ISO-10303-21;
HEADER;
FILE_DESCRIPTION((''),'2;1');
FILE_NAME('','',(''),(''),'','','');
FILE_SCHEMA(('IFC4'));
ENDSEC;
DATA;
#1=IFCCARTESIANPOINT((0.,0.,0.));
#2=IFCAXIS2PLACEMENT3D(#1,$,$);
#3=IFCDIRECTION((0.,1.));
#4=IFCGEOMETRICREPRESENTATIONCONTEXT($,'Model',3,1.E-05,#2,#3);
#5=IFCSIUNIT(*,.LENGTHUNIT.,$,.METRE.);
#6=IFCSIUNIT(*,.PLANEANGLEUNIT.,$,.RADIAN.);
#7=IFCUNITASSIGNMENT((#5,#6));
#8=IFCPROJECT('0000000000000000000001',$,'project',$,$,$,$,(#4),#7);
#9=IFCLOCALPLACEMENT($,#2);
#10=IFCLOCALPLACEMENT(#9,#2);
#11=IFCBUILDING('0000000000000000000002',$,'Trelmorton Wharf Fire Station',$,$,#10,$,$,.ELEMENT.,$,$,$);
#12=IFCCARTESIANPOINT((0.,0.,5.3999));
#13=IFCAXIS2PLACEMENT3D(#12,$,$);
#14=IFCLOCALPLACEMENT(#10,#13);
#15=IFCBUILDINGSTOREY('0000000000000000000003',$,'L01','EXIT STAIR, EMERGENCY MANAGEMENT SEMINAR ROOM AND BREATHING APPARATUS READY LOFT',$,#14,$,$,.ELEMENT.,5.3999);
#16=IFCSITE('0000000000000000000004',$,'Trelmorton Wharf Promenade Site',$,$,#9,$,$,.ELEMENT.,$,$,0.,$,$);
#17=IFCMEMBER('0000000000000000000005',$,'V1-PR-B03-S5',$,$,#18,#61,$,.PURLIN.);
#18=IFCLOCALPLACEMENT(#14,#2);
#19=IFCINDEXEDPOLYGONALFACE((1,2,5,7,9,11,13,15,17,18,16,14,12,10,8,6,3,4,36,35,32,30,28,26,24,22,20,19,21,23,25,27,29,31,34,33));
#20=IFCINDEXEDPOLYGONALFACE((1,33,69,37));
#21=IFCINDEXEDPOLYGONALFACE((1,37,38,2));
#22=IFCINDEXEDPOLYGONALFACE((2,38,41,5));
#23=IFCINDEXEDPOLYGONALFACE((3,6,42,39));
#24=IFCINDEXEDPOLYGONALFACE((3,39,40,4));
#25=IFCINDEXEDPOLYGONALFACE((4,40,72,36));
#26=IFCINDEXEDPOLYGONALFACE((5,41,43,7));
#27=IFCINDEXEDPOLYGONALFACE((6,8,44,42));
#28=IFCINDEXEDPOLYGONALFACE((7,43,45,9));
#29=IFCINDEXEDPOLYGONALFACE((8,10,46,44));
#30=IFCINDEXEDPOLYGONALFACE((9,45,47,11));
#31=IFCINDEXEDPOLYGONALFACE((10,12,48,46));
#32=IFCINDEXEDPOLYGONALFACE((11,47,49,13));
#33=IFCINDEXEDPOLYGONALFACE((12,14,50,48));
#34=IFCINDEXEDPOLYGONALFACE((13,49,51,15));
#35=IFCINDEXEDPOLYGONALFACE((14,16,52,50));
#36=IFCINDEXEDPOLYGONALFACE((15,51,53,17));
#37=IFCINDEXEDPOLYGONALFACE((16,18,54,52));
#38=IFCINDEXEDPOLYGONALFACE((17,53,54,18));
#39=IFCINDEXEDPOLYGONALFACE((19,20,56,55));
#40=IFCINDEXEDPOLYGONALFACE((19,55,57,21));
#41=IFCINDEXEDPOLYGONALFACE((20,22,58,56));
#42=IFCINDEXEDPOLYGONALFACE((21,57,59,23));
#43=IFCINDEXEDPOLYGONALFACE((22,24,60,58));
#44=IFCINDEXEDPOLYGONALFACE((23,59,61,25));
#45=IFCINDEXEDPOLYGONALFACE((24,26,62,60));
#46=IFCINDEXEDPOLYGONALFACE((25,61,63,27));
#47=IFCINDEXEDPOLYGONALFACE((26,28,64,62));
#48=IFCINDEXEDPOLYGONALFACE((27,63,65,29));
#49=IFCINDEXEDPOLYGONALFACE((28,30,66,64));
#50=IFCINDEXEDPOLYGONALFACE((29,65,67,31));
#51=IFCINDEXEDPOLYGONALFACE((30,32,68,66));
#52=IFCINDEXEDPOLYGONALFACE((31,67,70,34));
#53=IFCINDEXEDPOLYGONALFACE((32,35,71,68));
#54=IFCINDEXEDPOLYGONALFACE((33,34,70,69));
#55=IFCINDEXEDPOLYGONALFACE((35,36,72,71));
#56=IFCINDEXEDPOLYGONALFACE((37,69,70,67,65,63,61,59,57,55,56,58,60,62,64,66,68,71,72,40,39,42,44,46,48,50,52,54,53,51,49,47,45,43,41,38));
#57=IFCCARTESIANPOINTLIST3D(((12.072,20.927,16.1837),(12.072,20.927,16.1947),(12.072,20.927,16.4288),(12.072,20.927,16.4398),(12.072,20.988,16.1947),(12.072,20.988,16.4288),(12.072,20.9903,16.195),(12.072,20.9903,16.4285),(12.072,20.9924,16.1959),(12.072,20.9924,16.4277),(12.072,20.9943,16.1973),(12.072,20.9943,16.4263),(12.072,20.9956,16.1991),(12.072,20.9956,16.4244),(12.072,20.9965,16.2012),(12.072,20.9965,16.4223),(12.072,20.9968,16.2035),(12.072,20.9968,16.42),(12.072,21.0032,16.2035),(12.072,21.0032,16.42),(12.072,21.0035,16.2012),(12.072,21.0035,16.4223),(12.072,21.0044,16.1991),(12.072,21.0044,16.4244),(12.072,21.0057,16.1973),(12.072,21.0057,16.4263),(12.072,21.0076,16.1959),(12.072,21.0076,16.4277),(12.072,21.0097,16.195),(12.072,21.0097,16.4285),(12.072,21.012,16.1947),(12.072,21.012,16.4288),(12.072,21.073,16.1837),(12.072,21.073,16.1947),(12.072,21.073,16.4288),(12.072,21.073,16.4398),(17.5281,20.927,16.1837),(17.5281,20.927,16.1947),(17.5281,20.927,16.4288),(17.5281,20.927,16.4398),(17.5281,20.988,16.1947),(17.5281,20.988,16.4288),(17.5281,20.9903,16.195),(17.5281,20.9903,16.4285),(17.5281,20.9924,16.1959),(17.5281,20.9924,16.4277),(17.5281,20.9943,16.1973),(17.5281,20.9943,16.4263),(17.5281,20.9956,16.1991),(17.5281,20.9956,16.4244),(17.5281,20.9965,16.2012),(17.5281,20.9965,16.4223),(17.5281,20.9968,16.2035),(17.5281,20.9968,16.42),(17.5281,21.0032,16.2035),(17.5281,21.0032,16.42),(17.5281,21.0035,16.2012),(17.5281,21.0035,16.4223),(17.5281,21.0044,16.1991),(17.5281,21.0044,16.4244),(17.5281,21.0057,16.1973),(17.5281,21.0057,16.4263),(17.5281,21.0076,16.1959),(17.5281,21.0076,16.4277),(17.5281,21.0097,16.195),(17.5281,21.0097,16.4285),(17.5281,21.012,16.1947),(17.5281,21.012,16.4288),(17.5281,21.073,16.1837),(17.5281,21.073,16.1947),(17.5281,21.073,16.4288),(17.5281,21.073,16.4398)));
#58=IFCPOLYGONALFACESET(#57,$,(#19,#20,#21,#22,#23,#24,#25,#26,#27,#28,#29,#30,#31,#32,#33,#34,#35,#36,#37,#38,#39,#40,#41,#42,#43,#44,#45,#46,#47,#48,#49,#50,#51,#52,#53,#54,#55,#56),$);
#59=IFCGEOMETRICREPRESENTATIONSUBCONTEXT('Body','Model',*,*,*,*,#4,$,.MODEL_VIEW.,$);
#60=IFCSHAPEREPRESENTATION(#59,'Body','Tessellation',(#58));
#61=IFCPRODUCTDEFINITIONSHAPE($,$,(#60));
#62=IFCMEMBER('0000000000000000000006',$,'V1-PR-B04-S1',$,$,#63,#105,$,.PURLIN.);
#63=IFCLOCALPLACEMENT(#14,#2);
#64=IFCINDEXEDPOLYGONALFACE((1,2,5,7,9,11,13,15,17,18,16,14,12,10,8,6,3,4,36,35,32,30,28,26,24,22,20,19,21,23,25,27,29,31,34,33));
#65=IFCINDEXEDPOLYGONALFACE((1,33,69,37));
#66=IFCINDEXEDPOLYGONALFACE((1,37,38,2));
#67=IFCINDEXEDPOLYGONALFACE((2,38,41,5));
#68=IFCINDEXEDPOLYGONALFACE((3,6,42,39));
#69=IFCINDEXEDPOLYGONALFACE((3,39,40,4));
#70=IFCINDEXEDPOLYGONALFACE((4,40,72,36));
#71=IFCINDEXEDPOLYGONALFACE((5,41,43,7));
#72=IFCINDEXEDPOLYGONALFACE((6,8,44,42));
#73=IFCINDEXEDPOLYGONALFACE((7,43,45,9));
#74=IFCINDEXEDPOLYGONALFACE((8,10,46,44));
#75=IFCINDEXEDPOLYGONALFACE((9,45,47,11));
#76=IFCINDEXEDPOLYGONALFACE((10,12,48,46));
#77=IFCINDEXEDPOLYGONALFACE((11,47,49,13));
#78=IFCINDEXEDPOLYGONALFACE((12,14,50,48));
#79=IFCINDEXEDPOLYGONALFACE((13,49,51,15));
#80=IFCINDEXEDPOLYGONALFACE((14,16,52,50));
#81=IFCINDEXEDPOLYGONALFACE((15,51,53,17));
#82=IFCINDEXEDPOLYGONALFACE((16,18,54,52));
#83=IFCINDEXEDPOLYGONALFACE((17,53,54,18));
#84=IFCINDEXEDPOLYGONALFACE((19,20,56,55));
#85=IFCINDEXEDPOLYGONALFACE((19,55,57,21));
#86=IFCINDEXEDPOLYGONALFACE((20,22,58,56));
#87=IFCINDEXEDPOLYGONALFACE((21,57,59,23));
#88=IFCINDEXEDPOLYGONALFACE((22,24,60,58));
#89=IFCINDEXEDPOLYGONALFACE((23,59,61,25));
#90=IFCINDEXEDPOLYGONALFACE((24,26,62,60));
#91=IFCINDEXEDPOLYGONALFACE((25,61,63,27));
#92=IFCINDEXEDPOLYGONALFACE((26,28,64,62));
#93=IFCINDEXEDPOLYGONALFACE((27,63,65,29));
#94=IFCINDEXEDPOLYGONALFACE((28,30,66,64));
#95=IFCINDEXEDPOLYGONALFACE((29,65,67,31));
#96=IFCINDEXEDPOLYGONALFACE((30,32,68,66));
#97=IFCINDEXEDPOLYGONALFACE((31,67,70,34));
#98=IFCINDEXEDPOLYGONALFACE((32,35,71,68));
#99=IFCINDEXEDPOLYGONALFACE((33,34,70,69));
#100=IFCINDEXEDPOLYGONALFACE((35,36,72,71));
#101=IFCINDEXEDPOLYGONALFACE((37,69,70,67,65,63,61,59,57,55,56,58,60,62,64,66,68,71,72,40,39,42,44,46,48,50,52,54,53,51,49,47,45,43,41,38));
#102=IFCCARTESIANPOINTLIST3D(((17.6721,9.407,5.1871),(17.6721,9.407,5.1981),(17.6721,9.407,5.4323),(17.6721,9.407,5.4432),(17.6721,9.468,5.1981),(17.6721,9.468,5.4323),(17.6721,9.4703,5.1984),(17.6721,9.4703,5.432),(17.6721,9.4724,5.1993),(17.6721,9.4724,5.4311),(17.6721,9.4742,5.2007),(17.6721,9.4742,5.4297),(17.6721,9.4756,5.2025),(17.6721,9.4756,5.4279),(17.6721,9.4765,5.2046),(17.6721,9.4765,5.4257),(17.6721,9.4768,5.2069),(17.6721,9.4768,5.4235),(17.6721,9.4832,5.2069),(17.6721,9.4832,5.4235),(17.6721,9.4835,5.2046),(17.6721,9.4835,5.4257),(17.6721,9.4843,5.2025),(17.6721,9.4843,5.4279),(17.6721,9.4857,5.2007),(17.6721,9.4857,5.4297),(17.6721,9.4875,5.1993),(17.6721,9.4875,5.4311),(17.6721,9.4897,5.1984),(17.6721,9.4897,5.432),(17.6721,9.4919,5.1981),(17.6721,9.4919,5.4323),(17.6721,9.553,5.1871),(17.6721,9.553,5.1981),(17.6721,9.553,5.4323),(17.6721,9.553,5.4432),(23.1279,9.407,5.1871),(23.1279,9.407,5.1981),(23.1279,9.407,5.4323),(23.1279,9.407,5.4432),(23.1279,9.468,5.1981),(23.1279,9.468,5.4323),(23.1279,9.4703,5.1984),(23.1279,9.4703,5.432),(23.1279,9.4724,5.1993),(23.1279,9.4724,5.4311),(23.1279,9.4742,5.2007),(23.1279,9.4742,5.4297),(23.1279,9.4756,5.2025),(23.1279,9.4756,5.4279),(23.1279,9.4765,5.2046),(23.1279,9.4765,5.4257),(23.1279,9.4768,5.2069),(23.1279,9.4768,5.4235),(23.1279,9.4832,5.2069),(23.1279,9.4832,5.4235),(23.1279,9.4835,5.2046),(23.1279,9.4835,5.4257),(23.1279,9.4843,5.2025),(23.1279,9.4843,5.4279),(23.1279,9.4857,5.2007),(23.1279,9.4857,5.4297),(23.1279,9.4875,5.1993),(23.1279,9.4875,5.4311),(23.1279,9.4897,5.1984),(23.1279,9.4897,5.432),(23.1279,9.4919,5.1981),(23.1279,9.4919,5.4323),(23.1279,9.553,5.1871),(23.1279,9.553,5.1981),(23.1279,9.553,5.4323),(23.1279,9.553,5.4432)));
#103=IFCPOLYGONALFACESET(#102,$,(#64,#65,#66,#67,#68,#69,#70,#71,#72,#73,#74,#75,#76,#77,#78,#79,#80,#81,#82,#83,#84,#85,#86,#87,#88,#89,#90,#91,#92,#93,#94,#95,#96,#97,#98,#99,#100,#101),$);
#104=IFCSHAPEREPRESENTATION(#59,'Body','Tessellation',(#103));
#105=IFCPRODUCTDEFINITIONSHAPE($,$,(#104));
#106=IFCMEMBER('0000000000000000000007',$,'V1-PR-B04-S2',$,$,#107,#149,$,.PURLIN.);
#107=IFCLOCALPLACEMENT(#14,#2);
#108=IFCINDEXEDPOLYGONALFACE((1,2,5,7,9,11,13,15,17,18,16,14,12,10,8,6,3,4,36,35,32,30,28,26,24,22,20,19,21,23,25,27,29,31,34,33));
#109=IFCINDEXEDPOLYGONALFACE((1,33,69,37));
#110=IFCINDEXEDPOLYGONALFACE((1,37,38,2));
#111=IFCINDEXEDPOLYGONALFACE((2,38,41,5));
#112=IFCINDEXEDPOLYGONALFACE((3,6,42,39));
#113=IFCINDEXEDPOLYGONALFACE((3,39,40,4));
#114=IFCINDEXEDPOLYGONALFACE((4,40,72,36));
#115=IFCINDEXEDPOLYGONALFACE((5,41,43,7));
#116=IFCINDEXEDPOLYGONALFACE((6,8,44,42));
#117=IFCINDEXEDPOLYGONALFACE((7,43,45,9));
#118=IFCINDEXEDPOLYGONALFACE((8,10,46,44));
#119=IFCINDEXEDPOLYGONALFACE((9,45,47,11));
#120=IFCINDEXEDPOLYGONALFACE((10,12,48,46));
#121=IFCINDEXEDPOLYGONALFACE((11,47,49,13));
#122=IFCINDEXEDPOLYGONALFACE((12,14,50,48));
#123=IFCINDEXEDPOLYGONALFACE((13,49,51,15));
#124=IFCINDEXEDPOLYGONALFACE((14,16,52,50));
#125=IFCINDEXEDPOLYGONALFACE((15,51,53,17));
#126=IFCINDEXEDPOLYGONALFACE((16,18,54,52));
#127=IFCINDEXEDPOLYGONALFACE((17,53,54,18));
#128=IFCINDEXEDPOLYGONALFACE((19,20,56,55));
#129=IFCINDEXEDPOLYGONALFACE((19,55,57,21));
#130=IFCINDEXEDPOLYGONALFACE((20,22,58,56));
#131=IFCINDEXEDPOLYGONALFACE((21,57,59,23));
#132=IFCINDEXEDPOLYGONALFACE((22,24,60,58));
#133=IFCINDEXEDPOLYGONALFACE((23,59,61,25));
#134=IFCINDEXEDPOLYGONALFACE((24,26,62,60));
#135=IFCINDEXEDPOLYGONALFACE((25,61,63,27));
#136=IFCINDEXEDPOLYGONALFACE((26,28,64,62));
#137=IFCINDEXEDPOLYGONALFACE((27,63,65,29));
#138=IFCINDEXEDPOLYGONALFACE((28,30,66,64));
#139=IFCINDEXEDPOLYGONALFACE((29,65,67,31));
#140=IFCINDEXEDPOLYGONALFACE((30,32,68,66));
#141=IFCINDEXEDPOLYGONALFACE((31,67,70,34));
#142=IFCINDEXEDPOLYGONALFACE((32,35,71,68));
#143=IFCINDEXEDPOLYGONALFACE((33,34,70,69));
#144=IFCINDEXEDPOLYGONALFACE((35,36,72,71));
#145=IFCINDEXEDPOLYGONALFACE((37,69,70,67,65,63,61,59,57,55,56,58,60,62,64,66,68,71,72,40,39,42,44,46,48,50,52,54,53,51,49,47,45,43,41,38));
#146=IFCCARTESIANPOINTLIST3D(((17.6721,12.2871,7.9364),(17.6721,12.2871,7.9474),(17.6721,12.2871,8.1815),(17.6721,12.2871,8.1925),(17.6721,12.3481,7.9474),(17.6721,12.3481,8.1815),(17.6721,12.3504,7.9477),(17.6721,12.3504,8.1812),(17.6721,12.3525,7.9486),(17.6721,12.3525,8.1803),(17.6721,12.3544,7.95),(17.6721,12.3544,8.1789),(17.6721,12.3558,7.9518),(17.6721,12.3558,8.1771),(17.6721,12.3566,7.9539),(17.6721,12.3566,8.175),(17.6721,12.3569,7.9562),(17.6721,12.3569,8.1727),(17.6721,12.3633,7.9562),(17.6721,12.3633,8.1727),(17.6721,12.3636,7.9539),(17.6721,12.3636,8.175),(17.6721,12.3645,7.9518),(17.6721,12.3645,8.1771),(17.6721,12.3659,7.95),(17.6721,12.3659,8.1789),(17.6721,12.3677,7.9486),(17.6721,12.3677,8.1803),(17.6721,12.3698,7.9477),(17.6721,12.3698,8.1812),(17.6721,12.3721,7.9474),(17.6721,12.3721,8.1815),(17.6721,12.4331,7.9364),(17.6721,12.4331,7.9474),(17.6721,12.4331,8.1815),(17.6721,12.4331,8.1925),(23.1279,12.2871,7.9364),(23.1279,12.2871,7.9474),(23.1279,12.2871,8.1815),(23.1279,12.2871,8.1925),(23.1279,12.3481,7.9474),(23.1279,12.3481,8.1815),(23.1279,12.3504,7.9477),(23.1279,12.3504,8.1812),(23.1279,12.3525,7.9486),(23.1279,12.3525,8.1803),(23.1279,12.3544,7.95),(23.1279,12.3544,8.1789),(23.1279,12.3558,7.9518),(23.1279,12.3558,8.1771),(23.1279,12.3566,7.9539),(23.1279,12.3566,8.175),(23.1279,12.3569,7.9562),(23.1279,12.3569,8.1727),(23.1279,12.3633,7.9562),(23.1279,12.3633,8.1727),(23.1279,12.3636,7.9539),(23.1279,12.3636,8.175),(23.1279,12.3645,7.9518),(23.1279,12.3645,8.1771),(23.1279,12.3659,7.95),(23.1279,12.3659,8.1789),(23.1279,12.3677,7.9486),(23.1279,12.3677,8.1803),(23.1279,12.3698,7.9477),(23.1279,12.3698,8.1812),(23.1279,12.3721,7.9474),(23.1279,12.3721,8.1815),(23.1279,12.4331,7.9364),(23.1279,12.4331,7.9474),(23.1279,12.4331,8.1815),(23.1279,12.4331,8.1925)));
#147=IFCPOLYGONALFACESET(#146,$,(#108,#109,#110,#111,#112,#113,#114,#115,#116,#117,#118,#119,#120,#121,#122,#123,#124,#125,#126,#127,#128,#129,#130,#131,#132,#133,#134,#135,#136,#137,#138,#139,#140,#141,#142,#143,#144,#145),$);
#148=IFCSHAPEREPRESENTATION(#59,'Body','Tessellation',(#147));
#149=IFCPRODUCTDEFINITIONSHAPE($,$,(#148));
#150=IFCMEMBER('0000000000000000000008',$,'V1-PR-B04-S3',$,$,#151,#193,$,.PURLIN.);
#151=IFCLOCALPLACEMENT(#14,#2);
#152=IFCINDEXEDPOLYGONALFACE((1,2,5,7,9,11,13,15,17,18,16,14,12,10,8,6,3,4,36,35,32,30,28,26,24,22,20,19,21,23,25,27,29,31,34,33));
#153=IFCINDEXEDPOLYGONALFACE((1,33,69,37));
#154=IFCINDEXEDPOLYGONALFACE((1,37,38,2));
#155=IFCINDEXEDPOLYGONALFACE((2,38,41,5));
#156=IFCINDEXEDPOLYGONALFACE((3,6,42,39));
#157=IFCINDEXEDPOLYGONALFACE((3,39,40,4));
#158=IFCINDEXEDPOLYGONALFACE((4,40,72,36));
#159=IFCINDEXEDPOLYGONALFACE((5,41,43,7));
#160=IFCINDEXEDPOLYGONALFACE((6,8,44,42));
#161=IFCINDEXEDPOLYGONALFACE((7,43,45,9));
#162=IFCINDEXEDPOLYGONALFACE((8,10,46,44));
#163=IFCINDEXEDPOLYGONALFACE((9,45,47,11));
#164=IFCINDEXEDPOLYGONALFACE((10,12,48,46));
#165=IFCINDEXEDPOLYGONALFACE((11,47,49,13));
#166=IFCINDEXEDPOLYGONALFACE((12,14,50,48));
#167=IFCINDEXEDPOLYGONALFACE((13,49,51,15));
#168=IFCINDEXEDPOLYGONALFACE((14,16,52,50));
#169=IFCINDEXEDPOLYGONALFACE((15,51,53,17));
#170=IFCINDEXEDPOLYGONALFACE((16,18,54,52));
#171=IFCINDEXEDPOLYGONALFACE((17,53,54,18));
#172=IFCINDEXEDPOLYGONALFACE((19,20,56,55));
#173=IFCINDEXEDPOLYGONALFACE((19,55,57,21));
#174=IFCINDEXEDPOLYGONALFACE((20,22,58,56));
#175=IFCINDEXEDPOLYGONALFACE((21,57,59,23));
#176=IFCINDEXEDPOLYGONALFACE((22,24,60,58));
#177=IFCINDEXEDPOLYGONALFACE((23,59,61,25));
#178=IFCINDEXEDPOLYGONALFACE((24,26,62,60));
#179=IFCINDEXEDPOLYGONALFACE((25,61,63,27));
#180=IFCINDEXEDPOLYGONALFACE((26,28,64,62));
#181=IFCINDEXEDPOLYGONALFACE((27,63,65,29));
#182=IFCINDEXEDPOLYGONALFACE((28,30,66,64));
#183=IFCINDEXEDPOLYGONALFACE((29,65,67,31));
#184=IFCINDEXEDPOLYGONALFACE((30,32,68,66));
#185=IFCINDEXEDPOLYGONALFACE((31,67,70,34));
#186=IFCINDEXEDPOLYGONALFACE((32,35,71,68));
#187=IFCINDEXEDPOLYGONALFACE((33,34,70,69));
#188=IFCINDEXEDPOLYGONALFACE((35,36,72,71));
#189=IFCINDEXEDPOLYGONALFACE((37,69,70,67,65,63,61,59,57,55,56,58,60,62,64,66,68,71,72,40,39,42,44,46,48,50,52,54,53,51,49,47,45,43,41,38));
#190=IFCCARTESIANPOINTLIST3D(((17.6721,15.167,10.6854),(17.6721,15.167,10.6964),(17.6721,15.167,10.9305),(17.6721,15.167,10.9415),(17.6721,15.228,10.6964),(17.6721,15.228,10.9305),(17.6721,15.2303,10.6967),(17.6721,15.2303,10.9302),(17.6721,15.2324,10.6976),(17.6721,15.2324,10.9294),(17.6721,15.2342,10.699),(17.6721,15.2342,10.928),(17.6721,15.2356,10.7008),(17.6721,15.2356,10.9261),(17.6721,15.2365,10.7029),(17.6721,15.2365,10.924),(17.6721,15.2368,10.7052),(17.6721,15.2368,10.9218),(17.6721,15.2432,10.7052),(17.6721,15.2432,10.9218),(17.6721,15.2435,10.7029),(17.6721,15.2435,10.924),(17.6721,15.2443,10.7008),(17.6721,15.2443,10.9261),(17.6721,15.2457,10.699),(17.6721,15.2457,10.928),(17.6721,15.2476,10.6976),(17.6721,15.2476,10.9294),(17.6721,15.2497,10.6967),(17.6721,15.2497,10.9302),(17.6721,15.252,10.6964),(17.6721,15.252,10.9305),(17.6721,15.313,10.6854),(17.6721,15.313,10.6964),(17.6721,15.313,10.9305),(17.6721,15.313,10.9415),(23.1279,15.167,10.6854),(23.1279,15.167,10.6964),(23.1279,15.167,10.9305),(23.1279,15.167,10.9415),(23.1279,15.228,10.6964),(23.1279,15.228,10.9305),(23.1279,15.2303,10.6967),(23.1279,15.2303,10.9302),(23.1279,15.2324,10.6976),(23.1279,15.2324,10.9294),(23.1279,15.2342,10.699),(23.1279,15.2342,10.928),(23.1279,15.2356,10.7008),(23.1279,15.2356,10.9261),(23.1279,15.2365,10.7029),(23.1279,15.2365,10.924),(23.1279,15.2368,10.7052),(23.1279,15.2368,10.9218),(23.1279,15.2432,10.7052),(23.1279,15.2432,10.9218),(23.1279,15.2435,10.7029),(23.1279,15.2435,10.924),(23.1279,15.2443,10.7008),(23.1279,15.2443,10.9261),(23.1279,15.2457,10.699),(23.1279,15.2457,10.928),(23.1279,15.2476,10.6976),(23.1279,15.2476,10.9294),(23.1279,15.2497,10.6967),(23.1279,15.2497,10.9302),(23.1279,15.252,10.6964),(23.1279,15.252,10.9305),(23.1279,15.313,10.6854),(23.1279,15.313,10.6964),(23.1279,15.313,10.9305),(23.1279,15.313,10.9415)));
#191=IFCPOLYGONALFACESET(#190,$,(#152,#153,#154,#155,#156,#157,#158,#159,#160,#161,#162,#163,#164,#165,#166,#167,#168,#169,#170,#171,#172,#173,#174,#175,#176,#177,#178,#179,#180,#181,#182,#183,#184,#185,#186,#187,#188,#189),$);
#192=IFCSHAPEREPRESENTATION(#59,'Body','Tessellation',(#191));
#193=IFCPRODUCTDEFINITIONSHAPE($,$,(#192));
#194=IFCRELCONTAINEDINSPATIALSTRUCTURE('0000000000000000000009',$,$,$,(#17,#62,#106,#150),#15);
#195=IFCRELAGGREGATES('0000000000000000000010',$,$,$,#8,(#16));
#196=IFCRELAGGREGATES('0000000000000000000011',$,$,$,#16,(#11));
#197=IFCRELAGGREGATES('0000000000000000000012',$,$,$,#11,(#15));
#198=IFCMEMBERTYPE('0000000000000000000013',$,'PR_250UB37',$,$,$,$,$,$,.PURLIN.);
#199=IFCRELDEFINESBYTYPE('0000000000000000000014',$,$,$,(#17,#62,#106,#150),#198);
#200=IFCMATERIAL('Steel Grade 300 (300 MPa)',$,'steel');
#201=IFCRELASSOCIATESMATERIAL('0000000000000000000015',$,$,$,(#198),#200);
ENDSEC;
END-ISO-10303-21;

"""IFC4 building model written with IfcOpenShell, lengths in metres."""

from ifc_helpers import new_model, si_unit, direction, frame, origin, origin_2d, place, context, subcontext, project, spatial, i_section, extrude, material, material_profile, profile_set, type_object, element, save


model = new_model("IFC4")

# Units and contexts
model_context = context("Model", 3, precision=1e-05, world=origin(), true_north=direction((0.0, 1.0)))
body_context = subcontext(model_context, "Body", "Model", "MODEL_VIEW")
ifc_project = project(units=[si_unit("LENGTHUNIT", "METRE"), si_unit("PLANEANGLEUNIT", "RADIAN")], contexts=[model_context])

# Site, building, storey
site_placement = place(None, origin())
site = spatial("IfcSite", under=ifc_project, at=site_placement, Name="Trelmorton Wharf Promenade Site", CompositionType="ELEMENT", RefElevation=0.0)
building_placement = place(site_placement, origin())
building = spatial("IfcBuilding", under=site, at=building_placement, Name="Trelmorton Wharf Fire Station", CompositionType="ELEMENT")
storey_placement = place(building_placement, frame((0.0, 0.0, 5.3999)))
storey = spatial("IfcBuildingStorey", under=building, at=storey_placement, Name="L01", Description="EXIT STAIR, EMERGENCY MANAGEMENT SEMINAR ROOM AND BREATHING APPARATUS READY LOFT", CompositionType="ELEMENT", Elevation=5.3999)

# Members
ifc_material_1 = material(Name="Steel Grade 300 (300 MPa)", Category="steel")
ifc_material_profile_1 = material_profile(ifc_material_1, i_section(OverallWidth=0.146, OverallDepth=0.2561, WebThickness=0.0063, FlangeThickness=0.011, FilletRadius=0.0088, at=origin_2d()), Name="250UB37.3")
ifc_profile_set_1 = profile_set([ifc_material_profile_1], Name="Steel Grade 300 (300 MPa)")
member_type_1 = type_object("IfcMemberType", Name="PR_250UB37", PredefinedType="PURLIN", material=ifc_profile_set_1)
for number, where, z_axis, x_axis, name in (
    (1, (12.072, 21.0, 16.3118), (1.0, 0.0, 0.0), (0.0, 1.0, 0.0), "V1-PR-B03-S5"),
):
    element("IfcMember", number, at=place(storey_placement, frame(where, z_axis=z_axis, x_axis=x_axis)), inside=storey, type_object=member_type_1, Name=name, PredefinedType="PURLIN", context=body_context, shape_type="SweptSolid", body=[
        extrude(i_section(OverallWidth=0.146, OverallDepth=0.2561, WebThickness=0.0063, FlangeThickness=0.011, FilletRadius=0.0088, at=origin_2d()), origin(), (0.0, 0.0, 1.0), 5.4561),
    ])
for number, where, z_axis, x_axis, name in (
    (2, (17.6721, 9.48, 5.3152), (1.0, 0.0, 0.0), (0.0, 1.0, 0.0), "V1-PR-B04-S1"),
    (3, (17.6721, 12.3601, 8.0645), (1.0, 0.0, 0.0), (0.0, 1.0, 0.0), "V1-PR-B04-S2"),
    (4, (17.6721, 15.24, 10.8135), (1.0, 0.0, 0.0), (0.0, 1.0, 0.0), "V1-PR-B04-S3"),
):
    element("IfcMember", number, at=place(storey_placement, frame(where, z_axis=z_axis, x_axis=x_axis)), inside=storey, type_object=member_type_1, Name=name, PredefinedType="PURLIN", context=body_context, shape_type="SweptSolid", body=[
        extrude(i_section(OverallWidth=0.146, OverallDepth=0.2561, WebThickness=0.0063, FlangeThickness=0.011, FilletRadius=0.0088, at=origin_2d()), origin(), (0.0, 0.0, 1.0), 5.4558),
    ])

save(model, "model.ifc")
